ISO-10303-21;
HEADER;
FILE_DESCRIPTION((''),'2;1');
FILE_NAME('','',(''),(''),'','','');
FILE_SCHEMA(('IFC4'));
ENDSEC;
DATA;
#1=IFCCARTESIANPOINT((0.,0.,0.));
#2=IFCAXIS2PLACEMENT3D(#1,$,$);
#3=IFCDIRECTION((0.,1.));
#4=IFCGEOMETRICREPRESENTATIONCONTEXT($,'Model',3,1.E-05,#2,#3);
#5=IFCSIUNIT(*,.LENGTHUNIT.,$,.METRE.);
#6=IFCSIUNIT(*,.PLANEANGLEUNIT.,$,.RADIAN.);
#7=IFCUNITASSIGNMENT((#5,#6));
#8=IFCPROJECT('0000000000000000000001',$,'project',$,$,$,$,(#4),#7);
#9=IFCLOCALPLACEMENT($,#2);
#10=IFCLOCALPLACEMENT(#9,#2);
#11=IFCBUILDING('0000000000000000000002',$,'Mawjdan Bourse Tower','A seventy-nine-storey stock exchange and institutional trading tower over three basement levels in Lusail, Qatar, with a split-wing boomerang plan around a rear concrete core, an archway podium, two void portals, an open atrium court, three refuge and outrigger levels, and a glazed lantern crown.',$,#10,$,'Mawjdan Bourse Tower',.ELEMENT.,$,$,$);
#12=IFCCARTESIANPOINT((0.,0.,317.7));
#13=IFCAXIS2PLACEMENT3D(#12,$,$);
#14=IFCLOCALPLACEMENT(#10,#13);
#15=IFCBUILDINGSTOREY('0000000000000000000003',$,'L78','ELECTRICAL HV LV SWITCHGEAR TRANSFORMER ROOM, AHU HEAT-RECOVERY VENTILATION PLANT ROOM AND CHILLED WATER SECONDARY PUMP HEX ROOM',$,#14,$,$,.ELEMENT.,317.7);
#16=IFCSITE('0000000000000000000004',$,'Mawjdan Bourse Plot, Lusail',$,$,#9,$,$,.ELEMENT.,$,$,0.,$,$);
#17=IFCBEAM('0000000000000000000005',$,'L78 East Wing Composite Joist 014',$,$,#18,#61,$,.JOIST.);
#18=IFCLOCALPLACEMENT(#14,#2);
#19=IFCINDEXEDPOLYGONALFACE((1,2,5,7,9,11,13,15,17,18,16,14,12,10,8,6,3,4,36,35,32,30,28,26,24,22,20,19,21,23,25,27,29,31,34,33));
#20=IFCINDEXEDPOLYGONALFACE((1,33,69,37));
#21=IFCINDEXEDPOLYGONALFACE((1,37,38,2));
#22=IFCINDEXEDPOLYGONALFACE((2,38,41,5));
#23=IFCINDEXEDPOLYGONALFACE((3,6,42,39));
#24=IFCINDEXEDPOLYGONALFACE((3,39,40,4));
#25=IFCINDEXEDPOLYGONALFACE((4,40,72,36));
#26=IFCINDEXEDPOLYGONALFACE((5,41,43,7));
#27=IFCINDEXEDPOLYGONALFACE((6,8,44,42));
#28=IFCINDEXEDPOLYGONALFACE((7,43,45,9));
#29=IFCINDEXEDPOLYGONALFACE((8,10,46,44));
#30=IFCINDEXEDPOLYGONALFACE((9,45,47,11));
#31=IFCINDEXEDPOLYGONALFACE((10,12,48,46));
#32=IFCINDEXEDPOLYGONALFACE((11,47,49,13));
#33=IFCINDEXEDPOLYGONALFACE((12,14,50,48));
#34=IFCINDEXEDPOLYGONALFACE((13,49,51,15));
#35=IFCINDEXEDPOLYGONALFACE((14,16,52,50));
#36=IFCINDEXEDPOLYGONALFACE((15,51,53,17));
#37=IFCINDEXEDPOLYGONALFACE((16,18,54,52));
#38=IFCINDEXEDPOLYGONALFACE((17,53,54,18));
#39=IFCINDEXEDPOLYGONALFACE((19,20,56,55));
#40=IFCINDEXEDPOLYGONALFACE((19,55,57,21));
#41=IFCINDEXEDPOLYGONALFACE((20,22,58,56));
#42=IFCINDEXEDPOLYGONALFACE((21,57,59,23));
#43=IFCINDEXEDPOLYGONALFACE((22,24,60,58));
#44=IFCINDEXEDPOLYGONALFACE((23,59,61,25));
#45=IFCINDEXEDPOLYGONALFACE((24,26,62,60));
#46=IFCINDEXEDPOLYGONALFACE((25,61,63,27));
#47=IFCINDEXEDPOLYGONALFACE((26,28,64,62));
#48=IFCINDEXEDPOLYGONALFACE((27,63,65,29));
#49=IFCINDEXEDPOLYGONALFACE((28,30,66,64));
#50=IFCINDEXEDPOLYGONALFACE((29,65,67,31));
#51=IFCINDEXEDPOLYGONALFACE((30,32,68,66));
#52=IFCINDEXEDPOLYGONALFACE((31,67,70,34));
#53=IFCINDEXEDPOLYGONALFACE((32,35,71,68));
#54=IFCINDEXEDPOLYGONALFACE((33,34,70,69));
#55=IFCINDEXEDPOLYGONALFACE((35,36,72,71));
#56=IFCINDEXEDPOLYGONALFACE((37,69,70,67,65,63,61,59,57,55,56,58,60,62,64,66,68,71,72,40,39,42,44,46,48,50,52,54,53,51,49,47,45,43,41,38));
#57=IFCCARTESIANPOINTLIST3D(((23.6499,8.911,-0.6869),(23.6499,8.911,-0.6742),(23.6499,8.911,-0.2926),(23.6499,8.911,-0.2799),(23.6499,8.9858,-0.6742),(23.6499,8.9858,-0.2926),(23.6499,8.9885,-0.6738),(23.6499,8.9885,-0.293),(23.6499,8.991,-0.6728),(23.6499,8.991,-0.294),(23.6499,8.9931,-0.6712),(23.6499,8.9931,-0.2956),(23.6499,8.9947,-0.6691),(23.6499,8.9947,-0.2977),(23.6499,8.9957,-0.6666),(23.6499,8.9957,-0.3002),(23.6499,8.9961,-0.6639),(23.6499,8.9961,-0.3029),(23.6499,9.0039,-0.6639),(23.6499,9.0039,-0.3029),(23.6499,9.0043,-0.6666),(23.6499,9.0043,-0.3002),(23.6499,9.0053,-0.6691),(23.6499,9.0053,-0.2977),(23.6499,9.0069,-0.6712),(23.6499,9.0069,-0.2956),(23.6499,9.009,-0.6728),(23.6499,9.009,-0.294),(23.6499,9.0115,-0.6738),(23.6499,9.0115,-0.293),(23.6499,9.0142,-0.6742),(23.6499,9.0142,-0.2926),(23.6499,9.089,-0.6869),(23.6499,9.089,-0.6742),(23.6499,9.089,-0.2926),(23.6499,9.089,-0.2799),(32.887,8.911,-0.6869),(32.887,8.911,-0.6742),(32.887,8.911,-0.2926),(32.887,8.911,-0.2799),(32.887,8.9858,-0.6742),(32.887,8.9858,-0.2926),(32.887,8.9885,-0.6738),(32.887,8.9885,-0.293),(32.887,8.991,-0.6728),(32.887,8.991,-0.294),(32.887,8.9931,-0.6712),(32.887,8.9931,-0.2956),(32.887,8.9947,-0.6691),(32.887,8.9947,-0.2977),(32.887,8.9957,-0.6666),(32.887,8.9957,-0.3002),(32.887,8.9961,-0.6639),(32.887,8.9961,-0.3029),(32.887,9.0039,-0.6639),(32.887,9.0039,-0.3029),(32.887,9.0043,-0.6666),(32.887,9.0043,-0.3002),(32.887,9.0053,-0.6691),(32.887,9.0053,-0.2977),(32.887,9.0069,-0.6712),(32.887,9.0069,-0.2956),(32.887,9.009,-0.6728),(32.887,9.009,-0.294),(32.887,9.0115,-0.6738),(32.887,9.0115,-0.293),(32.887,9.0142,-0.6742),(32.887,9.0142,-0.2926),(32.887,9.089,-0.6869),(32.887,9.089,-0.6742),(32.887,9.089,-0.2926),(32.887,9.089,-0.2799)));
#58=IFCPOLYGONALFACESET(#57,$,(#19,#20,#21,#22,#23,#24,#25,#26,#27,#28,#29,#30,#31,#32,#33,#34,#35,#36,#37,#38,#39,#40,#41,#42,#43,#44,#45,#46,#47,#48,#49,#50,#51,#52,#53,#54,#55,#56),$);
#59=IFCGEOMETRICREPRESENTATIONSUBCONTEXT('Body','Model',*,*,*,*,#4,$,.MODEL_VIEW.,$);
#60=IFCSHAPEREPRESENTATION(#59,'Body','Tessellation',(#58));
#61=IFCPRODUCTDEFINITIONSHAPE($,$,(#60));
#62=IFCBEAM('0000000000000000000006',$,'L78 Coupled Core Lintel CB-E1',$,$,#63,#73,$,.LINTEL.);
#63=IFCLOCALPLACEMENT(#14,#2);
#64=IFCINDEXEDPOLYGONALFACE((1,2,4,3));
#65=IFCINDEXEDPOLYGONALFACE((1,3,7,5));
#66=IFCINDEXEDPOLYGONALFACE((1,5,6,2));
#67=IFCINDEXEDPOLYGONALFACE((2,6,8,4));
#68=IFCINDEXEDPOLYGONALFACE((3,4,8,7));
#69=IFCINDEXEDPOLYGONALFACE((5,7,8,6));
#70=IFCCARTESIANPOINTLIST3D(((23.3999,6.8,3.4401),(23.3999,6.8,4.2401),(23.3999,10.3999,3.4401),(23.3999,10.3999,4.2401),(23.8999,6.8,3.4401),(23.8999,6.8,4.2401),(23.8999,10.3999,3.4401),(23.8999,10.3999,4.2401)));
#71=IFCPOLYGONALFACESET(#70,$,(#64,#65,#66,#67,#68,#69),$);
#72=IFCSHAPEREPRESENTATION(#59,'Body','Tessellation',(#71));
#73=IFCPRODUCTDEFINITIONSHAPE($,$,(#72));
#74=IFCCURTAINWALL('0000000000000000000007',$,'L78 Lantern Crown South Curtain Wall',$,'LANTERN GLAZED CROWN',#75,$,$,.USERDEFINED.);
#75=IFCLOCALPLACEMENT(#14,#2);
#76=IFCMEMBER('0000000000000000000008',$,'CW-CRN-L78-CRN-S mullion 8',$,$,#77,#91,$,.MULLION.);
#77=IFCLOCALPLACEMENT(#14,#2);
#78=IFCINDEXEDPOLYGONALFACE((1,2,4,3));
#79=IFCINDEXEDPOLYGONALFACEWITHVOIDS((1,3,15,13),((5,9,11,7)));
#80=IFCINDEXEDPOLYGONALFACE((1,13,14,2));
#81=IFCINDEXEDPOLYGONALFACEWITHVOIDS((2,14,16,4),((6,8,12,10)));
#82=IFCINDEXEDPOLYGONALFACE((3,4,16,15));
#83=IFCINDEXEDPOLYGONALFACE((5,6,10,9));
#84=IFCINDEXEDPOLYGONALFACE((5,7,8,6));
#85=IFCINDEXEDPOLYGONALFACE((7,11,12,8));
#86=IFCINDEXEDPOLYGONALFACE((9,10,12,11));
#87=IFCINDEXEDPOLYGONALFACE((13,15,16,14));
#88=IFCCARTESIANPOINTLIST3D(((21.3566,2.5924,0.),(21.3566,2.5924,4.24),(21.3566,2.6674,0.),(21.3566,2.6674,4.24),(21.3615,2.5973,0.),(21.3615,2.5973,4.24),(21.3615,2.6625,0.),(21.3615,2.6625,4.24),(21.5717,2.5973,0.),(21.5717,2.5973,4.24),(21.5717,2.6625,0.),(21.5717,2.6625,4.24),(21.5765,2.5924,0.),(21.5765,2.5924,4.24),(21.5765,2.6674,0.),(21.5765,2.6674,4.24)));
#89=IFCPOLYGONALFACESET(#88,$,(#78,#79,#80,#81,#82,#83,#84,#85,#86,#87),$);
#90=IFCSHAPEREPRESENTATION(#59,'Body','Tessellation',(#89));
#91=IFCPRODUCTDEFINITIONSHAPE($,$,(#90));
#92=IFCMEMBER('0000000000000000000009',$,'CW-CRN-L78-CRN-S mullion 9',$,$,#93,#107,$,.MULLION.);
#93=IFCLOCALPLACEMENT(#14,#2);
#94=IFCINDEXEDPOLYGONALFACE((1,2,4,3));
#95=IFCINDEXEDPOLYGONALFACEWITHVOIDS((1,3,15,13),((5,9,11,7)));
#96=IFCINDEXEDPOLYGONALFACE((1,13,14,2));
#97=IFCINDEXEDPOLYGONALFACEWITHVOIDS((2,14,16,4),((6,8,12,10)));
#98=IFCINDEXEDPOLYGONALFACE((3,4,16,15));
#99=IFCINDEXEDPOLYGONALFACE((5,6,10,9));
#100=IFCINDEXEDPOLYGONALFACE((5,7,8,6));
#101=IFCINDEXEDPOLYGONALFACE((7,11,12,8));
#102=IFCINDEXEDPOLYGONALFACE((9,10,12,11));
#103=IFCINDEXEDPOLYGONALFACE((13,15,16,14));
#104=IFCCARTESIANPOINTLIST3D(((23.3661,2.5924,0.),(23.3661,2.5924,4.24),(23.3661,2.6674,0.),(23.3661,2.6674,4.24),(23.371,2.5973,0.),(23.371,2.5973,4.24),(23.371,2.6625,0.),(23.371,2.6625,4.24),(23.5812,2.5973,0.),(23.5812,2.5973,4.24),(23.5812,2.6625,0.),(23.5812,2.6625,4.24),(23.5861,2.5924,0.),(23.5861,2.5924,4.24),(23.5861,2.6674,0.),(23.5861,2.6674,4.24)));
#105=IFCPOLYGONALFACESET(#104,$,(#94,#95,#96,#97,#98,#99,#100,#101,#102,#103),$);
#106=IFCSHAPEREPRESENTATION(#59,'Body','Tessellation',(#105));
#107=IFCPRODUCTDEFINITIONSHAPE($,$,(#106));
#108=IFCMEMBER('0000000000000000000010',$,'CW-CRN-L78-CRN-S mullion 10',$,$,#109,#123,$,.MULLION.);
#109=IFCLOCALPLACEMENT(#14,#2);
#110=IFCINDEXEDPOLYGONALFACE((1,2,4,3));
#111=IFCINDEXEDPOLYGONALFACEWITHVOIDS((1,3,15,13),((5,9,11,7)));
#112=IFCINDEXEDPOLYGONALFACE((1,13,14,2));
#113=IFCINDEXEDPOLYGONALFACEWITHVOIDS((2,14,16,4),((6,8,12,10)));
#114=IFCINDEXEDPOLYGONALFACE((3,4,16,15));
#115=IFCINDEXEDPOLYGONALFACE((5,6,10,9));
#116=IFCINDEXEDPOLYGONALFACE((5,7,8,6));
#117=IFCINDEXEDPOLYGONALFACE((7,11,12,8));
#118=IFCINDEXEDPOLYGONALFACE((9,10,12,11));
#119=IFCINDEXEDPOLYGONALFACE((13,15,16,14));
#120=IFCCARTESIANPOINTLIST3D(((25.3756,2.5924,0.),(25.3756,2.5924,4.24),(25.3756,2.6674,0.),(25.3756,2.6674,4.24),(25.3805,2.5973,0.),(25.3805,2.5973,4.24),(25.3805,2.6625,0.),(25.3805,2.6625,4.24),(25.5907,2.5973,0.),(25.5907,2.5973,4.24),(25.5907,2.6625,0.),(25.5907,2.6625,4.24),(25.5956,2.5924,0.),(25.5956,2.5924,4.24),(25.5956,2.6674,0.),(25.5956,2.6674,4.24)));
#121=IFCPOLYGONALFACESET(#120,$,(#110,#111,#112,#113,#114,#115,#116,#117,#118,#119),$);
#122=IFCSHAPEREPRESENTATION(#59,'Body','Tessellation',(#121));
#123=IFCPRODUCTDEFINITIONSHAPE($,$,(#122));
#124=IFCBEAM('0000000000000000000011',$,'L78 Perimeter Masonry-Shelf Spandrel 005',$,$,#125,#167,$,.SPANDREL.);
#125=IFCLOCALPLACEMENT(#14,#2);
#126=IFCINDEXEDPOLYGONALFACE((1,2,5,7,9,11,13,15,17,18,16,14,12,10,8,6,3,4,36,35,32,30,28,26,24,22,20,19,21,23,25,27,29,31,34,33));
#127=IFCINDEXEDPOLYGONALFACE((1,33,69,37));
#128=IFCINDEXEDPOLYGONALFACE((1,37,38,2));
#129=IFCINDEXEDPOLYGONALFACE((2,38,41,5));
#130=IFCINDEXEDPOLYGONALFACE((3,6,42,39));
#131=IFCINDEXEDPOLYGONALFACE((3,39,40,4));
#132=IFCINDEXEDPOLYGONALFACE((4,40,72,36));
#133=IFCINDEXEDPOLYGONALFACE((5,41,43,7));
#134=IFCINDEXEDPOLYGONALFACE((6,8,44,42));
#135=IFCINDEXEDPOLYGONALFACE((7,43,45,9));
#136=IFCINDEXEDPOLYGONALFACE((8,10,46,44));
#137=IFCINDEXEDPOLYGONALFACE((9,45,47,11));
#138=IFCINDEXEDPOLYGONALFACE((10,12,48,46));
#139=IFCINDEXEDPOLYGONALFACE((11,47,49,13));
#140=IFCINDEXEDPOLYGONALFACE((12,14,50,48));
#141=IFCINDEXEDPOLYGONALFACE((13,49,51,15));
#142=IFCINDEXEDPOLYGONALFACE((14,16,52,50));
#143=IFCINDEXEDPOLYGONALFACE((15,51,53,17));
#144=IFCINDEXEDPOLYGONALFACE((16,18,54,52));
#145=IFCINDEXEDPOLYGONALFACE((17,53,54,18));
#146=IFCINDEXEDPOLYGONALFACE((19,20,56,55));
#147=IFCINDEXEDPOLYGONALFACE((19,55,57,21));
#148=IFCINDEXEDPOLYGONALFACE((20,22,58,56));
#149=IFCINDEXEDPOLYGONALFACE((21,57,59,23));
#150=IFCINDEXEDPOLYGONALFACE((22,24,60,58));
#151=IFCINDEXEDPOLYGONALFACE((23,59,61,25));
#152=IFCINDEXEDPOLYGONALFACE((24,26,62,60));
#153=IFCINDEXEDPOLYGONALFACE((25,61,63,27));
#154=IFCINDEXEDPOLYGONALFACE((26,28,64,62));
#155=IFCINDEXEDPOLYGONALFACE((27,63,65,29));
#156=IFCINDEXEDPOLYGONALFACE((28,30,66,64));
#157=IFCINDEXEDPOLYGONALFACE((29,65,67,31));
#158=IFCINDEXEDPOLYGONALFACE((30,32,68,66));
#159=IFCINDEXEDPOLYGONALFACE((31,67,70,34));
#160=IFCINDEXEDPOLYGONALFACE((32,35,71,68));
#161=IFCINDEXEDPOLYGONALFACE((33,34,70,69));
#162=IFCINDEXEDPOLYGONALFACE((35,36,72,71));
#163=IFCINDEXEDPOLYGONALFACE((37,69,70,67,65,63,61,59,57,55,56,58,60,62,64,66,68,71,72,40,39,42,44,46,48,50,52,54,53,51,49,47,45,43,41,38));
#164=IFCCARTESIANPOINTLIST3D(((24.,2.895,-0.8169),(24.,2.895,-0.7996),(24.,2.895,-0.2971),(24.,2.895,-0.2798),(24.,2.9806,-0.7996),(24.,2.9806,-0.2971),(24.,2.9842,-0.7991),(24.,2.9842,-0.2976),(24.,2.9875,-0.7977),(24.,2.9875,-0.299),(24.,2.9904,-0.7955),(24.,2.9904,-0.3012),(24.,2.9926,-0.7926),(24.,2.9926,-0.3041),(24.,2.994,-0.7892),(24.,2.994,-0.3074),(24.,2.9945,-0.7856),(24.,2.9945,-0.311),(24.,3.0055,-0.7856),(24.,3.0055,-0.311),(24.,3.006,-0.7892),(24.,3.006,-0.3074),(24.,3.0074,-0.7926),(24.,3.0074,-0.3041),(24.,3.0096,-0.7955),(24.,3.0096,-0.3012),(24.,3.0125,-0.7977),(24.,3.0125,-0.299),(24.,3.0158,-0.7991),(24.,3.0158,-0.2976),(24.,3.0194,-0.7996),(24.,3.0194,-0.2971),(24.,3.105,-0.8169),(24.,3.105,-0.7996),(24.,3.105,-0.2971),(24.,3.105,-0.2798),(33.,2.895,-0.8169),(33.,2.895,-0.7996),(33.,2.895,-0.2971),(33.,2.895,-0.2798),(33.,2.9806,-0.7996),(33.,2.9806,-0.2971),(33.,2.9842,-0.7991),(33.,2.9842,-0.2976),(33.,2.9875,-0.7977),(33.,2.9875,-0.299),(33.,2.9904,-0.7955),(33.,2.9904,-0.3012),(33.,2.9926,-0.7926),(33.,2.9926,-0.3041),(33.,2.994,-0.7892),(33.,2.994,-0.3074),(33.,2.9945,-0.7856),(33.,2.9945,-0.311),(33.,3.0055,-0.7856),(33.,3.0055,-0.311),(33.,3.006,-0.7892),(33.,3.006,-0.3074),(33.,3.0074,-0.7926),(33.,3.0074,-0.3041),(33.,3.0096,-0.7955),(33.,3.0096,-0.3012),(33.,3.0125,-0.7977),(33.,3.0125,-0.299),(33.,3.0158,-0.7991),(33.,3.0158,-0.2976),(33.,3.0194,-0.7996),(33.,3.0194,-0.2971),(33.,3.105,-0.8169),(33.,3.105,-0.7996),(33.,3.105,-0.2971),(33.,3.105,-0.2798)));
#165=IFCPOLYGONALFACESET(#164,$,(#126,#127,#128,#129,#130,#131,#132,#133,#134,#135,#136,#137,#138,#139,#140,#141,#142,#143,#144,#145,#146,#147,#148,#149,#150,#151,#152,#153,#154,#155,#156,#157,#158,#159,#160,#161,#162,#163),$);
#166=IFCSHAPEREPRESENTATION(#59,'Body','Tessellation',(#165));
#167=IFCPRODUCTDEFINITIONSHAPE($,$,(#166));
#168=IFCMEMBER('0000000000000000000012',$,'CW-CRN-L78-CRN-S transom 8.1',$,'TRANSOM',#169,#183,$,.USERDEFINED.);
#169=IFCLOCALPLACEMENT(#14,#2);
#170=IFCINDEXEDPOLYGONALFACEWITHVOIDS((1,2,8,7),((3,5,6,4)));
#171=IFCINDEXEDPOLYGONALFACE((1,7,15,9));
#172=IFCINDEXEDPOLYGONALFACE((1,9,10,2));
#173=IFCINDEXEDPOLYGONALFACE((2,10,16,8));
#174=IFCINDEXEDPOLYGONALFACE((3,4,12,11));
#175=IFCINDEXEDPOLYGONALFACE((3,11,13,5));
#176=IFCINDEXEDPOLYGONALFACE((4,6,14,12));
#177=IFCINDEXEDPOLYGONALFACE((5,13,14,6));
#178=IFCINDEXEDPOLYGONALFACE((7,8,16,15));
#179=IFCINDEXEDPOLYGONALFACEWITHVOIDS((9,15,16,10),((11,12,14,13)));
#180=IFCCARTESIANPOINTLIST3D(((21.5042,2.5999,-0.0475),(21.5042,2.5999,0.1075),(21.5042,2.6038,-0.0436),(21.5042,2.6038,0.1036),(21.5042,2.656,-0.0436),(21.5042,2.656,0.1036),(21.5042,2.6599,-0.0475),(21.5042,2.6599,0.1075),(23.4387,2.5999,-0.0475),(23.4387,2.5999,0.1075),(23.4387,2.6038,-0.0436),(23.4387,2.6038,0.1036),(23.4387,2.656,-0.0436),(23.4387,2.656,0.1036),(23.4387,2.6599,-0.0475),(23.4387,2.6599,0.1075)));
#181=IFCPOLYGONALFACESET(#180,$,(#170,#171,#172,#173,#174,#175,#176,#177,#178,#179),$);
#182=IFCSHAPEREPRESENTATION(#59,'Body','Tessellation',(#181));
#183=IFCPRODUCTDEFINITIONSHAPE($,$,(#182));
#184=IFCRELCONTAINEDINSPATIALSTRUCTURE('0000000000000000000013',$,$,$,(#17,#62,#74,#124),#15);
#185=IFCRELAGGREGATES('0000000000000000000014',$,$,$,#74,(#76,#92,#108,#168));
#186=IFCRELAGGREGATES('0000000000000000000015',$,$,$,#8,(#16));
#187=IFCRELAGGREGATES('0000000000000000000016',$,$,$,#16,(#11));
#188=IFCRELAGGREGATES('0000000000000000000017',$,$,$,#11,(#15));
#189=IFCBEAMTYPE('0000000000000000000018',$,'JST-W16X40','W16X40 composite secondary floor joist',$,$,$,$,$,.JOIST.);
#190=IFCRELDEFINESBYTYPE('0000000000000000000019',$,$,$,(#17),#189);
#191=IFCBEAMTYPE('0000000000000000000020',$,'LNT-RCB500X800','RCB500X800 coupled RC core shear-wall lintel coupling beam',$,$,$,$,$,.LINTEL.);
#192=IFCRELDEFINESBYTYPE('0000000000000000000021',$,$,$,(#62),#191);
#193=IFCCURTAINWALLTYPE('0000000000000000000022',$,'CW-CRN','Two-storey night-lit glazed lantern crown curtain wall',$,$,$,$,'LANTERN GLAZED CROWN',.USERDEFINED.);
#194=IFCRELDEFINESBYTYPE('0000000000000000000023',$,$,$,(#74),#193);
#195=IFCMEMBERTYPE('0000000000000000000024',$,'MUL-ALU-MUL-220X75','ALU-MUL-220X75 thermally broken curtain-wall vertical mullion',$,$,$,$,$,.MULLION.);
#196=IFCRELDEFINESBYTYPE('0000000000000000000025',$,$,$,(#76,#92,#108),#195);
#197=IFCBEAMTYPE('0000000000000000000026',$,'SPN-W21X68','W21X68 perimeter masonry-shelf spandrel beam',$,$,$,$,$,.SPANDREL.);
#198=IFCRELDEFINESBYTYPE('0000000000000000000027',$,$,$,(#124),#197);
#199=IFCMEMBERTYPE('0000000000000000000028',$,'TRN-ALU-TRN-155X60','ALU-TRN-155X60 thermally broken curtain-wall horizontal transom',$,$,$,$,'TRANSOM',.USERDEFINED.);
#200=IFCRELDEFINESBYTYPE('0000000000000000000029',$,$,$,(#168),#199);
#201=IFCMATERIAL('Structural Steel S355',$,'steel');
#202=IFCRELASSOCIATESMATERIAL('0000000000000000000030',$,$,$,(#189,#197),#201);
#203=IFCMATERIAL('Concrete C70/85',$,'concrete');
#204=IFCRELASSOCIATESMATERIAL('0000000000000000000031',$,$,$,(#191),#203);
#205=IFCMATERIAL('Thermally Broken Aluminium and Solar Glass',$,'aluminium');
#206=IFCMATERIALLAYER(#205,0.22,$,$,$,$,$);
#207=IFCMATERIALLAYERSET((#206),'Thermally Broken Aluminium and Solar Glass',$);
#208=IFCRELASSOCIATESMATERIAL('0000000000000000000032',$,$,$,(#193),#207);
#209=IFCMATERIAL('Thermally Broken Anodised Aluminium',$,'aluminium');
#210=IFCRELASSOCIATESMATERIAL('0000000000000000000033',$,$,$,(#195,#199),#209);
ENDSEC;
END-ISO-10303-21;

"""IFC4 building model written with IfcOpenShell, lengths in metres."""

from ifc_helpers import new_model, si_unit, direction, frame, origin, origin_2d, place, context, subcontext, project, spatial, rectangle, hollow_rectangle, i_section, extrude, material, layer, layer_set, material_profile, profile_set, type_object, element, aggregate, save


model = new_model("IFC4")

# Units and contexts
model_context = context("Model", 3, precision=1e-05, world=origin(), true_north=direction((0.0, 1.0)))
body_context = subcontext(model_context, "Body", "Model", "MODEL_VIEW")
ifc_project = project(units=[si_unit("LENGTHUNIT", "METRE"), si_unit("PLANEANGLEUNIT", "RADIAN")], contexts=[model_context])

# Site, building, storey
site_placement = place(None, origin())
site = spatial("IfcSite", under=ifc_project, at=site_placement, Name="Mawjdan Bourse Plot, Lusail", CompositionType="ELEMENT", RefElevation=0.0)
building_placement = place(site_placement, origin())
building = spatial("IfcBuilding", under=site, at=building_placement, Name="Mawjdan Bourse Tower", Description="A seventy-nine-storey stock exchange and institutional trading tower over three basement levels in Lusail, Qatar, with a split-wing boomerang plan around a rear concrete core, an archway podium, two void portals, an open atrium court, three refuge and outrigger levels, and a glazed lantern crown.", LongName="Mawjdan Bourse Tower", CompositionType="ELEMENT")
storey_placement = place(building_placement, frame((0.0, 0.0, 317.7)))
storey = spatial("IfcBuildingStorey", under=building, at=storey_placement, Name="L78", Description="ELECTRICAL HV LV SWITCHGEAR TRANSFORMER ROOM, AHU HEAT-RECOVERY VENTILATION PLANT ROOM AND CHILLED WATER SECONDARY PUMP HEX ROOM", CompositionType="ELEMENT", Elevation=317.7)

# Shared definitions
ifc_material_1 = material(Name="Structural Steel S355", Category="steel")

# Beams
ifc_material_profile_1 = material_profile(ifc_material_1, i_section(OverallWidth=0.178, OverallDepth=0.407, WebThickness=0.0078, FlangeThickness=0.0127, FilletRadius=0.0103, at=origin_2d()), Name="W16X40")
ifc_profile_set_1 = profile_set([ifc_material_profile_1], Name="Structural Steel S355")
beam_type_1 = type_object("IfcBeamType", Name="JST-W16X40", Description="W16X40 composite secondary floor joist", PredefinedType="JOIST", material=ifc_profile_set_1)
for number, where, z_axis, x_axis, name in (
    (1, (23.6499, 9.0, -0.4834), (1.0, 0.0, 0.0), (0.0, 1.0, 0.0), "L78 East Wing Composite Joist 014"),
):
    element("IfcBeam", number, at=place(storey_placement, frame(where, z_axis=z_axis, x_axis=x_axis)), inside=storey, type_object=beam_type_1, Name=name, PredefinedType="JOIST", context=body_context, shape_type="SweptSolid", body=[
        extrude(i_section(OverallWidth=0.178, OverallDepth=0.407, WebThickness=0.0078, FlangeThickness=0.0127, FilletRadius=0.0103, at=origin_2d()), origin(), (0.0, 0.0, 1.0), 9.2371),
    ])
ifc_material_2 = material(Name="Concrete C70/85", Category="concrete")
ifc_material_profile_2 = material_profile(ifc_material_2, rectangle(XDim=0.5, YDim=0.8, at=origin_2d()), Name="RCB500X800")
ifc_profile_set_2 = profile_set([ifc_material_profile_2], Name="Concrete C70/85")
beam_type_2 = type_object("IfcBeamType", Name="LNT-RCB500X800", Description="RCB500X800 coupled RC core shear-wall lintel coupling beam", PredefinedType="LINTEL", material=ifc_profile_set_2)
beam_1_placement = place(storey_placement, frame((23.6499, 6.8, 3.8401), z_axis=(0.0, 1.0, 0.0), x_axis=(-1.0, 0.0, 0.0)))
element("IfcBeam", 2, at=beam_1_placement, inside=storey, type_object=beam_type_2, Name="L78 Coupled Core Lintel CB-E1", PredefinedType="LINTEL", context=body_context, shape_type="SweptSolid", body=[
    extrude(rectangle(XDim=0.5, YDim=0.8, at=origin_2d()), origin(), (0.0, 0.0, 1.0), 3.5999),
])

# Curtain wall, members
ifc_material_3 = material(Name="Thermally Broken Aluminium and Solar Glass", Category="aluminium")
ifc_layer_1 = layer(ifc_material_3, 0.22)
ifc_layer_set_1 = layer_set([ifc_layer_1], Name="Thermally Broken Aluminium and Solar Glass")
curtain_wall_type = type_object("IfcCurtainWallType", Name="CW-CRN", Description="Two-storey night-lit glazed lantern crown curtain wall", ElementType="LANTERN GLAZED CROWN", PredefinedType="USERDEFINED", material=ifc_layer_set_1)
curtain_wall_placement = place(storey_placement, origin())
curtain_wall = element("IfcCurtainWall", 3, at=curtain_wall_placement, inside=storey, type_object=curtain_wall_type, Name="L78 Lantern Crown South Curtain Wall", ObjectType="LANTERN GLAZED CROWN", PredefinedType="USERDEFINED")
ifc_material_4 = material(Name="Thermally Broken Anodised Aluminium", Category="aluminium")
ifc_material_profile_3 = material_profile(ifc_material_4, hollow_rectangle(XDim=0.075, YDim=0.22, WallThickness=0.0049, at=origin_2d()), Name="ALU-MUL-220X75")
ifc_profile_set_3 = profile_set([ifc_material_profile_3], Name="Thermally Broken Anodised Aluminium")
member_type_1 = type_object("IfcMemberType", Name="MUL-ALU-MUL-220X75", Description="ALU-MUL-220X75 thermally broken curtain-wall vertical mullion", PredefinedType="MULLION", material=ifc_profile_set_3)
member_1_placement = place(storey_placement, frame((21.4666, 2.6299, 0.0), z_axis=(0.0, 0.0, 1.0), x_axis=(0.0, 1.0, 0.0)))
member_1 = element("IfcMember", 4, at=member_1_placement, type_object=member_type_1, Name="CW-CRN-L78-CRN-S mullion 8", PredefinedType="MULLION", context=body_context, shape_type="SweptSolid", body=[
    extrude(hollow_rectangle(XDim=0.075, YDim=0.22, WallThickness=0.0049, at=origin_2d()), origin(), (0.0, 0.0, 1.0), 4.24),
])
member_2_placement = place(storey_placement, frame((23.4761, 2.6299, 0.0), z_axis=(0.0, 0.0, 1.0), x_axis=(0.0, 1.0, 0.0)))
member_2 = element("IfcMember", 5, at=member_2_placement, type_object=member_type_1, Name="CW-CRN-L78-CRN-S mullion 9", PredefinedType="MULLION", context=body_context, shape_type="SweptSolid", body=[
    extrude(hollow_rectangle(XDim=0.075, YDim=0.22, WallThickness=0.0049, at=origin_2d()), origin(), (0.0, 0.0, 1.0), 4.24),
])
member_3_placement = place(storey_placement, frame((25.4856, 2.6299, 0.0), z_axis=(0.0, 0.0, 1.0), x_axis=(0.0, 1.0, 0.0)))
member_3 = element("IfcMember", 6, at=member_3_placement, type_object=member_type_1, Name="CW-CRN-L78-CRN-S mullion 10", PredefinedType="MULLION", context=body_context, shape_type="SweptSolid", body=[
    extrude(hollow_rectangle(XDim=0.075, YDim=0.22, WallThickness=0.0049, at=origin_2d()), origin(), (0.0, 0.0, 1.0), 4.24),
])

# Beam
ifc_material_profile_4 = material_profile(ifc_material_1, i_section(OverallWidth=0.21, OverallDepth=0.5371, WebThickness=0.011, FlangeThickness=0.0173, FilletRadius=0.0139, at=origin_2d()), Name="W21X68")
ifc_profile_set_4 = profile_set([ifc_material_profile_4], Name="Structural Steel S355")
beam_type_3 = type_object("IfcBeamType", Name="SPN-W21X68", Description="W21X68 perimeter masonry-shelf spandrel beam", PredefinedType="SPANDREL", material=ifc_profile_set_4)
beam_2_placement = place(storey_placement, frame((24.0, 3.0, -0.5483), z_axis=(1.0, 0.0, 0.0), x_axis=(0.0, 1.0, 0.0)))
element("IfcBeam", 7, at=beam_2_placement, inside=storey, type_object=beam_type_3, Name="L78 Perimeter Masonry-Shelf Spandrel 005", PredefinedType="SPANDREL", context=body_context, shape_type="SweptSolid", body=[
    extrude(i_section(OverallWidth=0.21, OverallDepth=0.5371, WebThickness=0.011, FlangeThickness=0.0173, FilletRadius=0.0139, at=origin_2d()), origin(), (0.0, 0.0, 1.0), 9.0),
])

# Member
ifc_material_profile_5 = material_profile(ifc_material_4, hollow_rectangle(XDim=0.0601, YDim=0.155, WallThickness=0.0039, at=origin_2d()), Name="ALU-TRN-155X60")
ifc_profile_set_5 = profile_set([ifc_material_profile_5], Name="Thermally Broken Anodised Aluminium")
member_type_2 = type_object("IfcMemberType", Name="TRN-ALU-TRN-155X60", Description="ALU-TRN-155X60 thermally broken curtain-wall horizontal transom", ElementType="TRANSOM", PredefinedType="USERDEFINED", material=ifc_profile_set_5)
member_4_placement = place(storey_placement, frame((21.5042, 2.6299, 0.03), z_axis=(1.0, 0.0, 0.0), x_axis=(0.0, 1.0, 0.0)))
member_4 = element("IfcMember", 8, at=member_4_placement, type_object=member_type_2, Name="CW-CRN-L78-CRN-S transom 8.1", ObjectType="TRANSOM", PredefinedType="USERDEFINED", context=body_context, shape_type="SweptSolid", body=[
    extrude(hollow_rectangle(XDim=0.0601, YDim=0.155, WallThickness=0.0039, at=origin_2d()), origin(), (0.0, 0.0, 1.0), 1.9346),
])

aggregate(curtain_wall, [member_1, member_2, member_3, member_4])

save(model, "model.ifc")
